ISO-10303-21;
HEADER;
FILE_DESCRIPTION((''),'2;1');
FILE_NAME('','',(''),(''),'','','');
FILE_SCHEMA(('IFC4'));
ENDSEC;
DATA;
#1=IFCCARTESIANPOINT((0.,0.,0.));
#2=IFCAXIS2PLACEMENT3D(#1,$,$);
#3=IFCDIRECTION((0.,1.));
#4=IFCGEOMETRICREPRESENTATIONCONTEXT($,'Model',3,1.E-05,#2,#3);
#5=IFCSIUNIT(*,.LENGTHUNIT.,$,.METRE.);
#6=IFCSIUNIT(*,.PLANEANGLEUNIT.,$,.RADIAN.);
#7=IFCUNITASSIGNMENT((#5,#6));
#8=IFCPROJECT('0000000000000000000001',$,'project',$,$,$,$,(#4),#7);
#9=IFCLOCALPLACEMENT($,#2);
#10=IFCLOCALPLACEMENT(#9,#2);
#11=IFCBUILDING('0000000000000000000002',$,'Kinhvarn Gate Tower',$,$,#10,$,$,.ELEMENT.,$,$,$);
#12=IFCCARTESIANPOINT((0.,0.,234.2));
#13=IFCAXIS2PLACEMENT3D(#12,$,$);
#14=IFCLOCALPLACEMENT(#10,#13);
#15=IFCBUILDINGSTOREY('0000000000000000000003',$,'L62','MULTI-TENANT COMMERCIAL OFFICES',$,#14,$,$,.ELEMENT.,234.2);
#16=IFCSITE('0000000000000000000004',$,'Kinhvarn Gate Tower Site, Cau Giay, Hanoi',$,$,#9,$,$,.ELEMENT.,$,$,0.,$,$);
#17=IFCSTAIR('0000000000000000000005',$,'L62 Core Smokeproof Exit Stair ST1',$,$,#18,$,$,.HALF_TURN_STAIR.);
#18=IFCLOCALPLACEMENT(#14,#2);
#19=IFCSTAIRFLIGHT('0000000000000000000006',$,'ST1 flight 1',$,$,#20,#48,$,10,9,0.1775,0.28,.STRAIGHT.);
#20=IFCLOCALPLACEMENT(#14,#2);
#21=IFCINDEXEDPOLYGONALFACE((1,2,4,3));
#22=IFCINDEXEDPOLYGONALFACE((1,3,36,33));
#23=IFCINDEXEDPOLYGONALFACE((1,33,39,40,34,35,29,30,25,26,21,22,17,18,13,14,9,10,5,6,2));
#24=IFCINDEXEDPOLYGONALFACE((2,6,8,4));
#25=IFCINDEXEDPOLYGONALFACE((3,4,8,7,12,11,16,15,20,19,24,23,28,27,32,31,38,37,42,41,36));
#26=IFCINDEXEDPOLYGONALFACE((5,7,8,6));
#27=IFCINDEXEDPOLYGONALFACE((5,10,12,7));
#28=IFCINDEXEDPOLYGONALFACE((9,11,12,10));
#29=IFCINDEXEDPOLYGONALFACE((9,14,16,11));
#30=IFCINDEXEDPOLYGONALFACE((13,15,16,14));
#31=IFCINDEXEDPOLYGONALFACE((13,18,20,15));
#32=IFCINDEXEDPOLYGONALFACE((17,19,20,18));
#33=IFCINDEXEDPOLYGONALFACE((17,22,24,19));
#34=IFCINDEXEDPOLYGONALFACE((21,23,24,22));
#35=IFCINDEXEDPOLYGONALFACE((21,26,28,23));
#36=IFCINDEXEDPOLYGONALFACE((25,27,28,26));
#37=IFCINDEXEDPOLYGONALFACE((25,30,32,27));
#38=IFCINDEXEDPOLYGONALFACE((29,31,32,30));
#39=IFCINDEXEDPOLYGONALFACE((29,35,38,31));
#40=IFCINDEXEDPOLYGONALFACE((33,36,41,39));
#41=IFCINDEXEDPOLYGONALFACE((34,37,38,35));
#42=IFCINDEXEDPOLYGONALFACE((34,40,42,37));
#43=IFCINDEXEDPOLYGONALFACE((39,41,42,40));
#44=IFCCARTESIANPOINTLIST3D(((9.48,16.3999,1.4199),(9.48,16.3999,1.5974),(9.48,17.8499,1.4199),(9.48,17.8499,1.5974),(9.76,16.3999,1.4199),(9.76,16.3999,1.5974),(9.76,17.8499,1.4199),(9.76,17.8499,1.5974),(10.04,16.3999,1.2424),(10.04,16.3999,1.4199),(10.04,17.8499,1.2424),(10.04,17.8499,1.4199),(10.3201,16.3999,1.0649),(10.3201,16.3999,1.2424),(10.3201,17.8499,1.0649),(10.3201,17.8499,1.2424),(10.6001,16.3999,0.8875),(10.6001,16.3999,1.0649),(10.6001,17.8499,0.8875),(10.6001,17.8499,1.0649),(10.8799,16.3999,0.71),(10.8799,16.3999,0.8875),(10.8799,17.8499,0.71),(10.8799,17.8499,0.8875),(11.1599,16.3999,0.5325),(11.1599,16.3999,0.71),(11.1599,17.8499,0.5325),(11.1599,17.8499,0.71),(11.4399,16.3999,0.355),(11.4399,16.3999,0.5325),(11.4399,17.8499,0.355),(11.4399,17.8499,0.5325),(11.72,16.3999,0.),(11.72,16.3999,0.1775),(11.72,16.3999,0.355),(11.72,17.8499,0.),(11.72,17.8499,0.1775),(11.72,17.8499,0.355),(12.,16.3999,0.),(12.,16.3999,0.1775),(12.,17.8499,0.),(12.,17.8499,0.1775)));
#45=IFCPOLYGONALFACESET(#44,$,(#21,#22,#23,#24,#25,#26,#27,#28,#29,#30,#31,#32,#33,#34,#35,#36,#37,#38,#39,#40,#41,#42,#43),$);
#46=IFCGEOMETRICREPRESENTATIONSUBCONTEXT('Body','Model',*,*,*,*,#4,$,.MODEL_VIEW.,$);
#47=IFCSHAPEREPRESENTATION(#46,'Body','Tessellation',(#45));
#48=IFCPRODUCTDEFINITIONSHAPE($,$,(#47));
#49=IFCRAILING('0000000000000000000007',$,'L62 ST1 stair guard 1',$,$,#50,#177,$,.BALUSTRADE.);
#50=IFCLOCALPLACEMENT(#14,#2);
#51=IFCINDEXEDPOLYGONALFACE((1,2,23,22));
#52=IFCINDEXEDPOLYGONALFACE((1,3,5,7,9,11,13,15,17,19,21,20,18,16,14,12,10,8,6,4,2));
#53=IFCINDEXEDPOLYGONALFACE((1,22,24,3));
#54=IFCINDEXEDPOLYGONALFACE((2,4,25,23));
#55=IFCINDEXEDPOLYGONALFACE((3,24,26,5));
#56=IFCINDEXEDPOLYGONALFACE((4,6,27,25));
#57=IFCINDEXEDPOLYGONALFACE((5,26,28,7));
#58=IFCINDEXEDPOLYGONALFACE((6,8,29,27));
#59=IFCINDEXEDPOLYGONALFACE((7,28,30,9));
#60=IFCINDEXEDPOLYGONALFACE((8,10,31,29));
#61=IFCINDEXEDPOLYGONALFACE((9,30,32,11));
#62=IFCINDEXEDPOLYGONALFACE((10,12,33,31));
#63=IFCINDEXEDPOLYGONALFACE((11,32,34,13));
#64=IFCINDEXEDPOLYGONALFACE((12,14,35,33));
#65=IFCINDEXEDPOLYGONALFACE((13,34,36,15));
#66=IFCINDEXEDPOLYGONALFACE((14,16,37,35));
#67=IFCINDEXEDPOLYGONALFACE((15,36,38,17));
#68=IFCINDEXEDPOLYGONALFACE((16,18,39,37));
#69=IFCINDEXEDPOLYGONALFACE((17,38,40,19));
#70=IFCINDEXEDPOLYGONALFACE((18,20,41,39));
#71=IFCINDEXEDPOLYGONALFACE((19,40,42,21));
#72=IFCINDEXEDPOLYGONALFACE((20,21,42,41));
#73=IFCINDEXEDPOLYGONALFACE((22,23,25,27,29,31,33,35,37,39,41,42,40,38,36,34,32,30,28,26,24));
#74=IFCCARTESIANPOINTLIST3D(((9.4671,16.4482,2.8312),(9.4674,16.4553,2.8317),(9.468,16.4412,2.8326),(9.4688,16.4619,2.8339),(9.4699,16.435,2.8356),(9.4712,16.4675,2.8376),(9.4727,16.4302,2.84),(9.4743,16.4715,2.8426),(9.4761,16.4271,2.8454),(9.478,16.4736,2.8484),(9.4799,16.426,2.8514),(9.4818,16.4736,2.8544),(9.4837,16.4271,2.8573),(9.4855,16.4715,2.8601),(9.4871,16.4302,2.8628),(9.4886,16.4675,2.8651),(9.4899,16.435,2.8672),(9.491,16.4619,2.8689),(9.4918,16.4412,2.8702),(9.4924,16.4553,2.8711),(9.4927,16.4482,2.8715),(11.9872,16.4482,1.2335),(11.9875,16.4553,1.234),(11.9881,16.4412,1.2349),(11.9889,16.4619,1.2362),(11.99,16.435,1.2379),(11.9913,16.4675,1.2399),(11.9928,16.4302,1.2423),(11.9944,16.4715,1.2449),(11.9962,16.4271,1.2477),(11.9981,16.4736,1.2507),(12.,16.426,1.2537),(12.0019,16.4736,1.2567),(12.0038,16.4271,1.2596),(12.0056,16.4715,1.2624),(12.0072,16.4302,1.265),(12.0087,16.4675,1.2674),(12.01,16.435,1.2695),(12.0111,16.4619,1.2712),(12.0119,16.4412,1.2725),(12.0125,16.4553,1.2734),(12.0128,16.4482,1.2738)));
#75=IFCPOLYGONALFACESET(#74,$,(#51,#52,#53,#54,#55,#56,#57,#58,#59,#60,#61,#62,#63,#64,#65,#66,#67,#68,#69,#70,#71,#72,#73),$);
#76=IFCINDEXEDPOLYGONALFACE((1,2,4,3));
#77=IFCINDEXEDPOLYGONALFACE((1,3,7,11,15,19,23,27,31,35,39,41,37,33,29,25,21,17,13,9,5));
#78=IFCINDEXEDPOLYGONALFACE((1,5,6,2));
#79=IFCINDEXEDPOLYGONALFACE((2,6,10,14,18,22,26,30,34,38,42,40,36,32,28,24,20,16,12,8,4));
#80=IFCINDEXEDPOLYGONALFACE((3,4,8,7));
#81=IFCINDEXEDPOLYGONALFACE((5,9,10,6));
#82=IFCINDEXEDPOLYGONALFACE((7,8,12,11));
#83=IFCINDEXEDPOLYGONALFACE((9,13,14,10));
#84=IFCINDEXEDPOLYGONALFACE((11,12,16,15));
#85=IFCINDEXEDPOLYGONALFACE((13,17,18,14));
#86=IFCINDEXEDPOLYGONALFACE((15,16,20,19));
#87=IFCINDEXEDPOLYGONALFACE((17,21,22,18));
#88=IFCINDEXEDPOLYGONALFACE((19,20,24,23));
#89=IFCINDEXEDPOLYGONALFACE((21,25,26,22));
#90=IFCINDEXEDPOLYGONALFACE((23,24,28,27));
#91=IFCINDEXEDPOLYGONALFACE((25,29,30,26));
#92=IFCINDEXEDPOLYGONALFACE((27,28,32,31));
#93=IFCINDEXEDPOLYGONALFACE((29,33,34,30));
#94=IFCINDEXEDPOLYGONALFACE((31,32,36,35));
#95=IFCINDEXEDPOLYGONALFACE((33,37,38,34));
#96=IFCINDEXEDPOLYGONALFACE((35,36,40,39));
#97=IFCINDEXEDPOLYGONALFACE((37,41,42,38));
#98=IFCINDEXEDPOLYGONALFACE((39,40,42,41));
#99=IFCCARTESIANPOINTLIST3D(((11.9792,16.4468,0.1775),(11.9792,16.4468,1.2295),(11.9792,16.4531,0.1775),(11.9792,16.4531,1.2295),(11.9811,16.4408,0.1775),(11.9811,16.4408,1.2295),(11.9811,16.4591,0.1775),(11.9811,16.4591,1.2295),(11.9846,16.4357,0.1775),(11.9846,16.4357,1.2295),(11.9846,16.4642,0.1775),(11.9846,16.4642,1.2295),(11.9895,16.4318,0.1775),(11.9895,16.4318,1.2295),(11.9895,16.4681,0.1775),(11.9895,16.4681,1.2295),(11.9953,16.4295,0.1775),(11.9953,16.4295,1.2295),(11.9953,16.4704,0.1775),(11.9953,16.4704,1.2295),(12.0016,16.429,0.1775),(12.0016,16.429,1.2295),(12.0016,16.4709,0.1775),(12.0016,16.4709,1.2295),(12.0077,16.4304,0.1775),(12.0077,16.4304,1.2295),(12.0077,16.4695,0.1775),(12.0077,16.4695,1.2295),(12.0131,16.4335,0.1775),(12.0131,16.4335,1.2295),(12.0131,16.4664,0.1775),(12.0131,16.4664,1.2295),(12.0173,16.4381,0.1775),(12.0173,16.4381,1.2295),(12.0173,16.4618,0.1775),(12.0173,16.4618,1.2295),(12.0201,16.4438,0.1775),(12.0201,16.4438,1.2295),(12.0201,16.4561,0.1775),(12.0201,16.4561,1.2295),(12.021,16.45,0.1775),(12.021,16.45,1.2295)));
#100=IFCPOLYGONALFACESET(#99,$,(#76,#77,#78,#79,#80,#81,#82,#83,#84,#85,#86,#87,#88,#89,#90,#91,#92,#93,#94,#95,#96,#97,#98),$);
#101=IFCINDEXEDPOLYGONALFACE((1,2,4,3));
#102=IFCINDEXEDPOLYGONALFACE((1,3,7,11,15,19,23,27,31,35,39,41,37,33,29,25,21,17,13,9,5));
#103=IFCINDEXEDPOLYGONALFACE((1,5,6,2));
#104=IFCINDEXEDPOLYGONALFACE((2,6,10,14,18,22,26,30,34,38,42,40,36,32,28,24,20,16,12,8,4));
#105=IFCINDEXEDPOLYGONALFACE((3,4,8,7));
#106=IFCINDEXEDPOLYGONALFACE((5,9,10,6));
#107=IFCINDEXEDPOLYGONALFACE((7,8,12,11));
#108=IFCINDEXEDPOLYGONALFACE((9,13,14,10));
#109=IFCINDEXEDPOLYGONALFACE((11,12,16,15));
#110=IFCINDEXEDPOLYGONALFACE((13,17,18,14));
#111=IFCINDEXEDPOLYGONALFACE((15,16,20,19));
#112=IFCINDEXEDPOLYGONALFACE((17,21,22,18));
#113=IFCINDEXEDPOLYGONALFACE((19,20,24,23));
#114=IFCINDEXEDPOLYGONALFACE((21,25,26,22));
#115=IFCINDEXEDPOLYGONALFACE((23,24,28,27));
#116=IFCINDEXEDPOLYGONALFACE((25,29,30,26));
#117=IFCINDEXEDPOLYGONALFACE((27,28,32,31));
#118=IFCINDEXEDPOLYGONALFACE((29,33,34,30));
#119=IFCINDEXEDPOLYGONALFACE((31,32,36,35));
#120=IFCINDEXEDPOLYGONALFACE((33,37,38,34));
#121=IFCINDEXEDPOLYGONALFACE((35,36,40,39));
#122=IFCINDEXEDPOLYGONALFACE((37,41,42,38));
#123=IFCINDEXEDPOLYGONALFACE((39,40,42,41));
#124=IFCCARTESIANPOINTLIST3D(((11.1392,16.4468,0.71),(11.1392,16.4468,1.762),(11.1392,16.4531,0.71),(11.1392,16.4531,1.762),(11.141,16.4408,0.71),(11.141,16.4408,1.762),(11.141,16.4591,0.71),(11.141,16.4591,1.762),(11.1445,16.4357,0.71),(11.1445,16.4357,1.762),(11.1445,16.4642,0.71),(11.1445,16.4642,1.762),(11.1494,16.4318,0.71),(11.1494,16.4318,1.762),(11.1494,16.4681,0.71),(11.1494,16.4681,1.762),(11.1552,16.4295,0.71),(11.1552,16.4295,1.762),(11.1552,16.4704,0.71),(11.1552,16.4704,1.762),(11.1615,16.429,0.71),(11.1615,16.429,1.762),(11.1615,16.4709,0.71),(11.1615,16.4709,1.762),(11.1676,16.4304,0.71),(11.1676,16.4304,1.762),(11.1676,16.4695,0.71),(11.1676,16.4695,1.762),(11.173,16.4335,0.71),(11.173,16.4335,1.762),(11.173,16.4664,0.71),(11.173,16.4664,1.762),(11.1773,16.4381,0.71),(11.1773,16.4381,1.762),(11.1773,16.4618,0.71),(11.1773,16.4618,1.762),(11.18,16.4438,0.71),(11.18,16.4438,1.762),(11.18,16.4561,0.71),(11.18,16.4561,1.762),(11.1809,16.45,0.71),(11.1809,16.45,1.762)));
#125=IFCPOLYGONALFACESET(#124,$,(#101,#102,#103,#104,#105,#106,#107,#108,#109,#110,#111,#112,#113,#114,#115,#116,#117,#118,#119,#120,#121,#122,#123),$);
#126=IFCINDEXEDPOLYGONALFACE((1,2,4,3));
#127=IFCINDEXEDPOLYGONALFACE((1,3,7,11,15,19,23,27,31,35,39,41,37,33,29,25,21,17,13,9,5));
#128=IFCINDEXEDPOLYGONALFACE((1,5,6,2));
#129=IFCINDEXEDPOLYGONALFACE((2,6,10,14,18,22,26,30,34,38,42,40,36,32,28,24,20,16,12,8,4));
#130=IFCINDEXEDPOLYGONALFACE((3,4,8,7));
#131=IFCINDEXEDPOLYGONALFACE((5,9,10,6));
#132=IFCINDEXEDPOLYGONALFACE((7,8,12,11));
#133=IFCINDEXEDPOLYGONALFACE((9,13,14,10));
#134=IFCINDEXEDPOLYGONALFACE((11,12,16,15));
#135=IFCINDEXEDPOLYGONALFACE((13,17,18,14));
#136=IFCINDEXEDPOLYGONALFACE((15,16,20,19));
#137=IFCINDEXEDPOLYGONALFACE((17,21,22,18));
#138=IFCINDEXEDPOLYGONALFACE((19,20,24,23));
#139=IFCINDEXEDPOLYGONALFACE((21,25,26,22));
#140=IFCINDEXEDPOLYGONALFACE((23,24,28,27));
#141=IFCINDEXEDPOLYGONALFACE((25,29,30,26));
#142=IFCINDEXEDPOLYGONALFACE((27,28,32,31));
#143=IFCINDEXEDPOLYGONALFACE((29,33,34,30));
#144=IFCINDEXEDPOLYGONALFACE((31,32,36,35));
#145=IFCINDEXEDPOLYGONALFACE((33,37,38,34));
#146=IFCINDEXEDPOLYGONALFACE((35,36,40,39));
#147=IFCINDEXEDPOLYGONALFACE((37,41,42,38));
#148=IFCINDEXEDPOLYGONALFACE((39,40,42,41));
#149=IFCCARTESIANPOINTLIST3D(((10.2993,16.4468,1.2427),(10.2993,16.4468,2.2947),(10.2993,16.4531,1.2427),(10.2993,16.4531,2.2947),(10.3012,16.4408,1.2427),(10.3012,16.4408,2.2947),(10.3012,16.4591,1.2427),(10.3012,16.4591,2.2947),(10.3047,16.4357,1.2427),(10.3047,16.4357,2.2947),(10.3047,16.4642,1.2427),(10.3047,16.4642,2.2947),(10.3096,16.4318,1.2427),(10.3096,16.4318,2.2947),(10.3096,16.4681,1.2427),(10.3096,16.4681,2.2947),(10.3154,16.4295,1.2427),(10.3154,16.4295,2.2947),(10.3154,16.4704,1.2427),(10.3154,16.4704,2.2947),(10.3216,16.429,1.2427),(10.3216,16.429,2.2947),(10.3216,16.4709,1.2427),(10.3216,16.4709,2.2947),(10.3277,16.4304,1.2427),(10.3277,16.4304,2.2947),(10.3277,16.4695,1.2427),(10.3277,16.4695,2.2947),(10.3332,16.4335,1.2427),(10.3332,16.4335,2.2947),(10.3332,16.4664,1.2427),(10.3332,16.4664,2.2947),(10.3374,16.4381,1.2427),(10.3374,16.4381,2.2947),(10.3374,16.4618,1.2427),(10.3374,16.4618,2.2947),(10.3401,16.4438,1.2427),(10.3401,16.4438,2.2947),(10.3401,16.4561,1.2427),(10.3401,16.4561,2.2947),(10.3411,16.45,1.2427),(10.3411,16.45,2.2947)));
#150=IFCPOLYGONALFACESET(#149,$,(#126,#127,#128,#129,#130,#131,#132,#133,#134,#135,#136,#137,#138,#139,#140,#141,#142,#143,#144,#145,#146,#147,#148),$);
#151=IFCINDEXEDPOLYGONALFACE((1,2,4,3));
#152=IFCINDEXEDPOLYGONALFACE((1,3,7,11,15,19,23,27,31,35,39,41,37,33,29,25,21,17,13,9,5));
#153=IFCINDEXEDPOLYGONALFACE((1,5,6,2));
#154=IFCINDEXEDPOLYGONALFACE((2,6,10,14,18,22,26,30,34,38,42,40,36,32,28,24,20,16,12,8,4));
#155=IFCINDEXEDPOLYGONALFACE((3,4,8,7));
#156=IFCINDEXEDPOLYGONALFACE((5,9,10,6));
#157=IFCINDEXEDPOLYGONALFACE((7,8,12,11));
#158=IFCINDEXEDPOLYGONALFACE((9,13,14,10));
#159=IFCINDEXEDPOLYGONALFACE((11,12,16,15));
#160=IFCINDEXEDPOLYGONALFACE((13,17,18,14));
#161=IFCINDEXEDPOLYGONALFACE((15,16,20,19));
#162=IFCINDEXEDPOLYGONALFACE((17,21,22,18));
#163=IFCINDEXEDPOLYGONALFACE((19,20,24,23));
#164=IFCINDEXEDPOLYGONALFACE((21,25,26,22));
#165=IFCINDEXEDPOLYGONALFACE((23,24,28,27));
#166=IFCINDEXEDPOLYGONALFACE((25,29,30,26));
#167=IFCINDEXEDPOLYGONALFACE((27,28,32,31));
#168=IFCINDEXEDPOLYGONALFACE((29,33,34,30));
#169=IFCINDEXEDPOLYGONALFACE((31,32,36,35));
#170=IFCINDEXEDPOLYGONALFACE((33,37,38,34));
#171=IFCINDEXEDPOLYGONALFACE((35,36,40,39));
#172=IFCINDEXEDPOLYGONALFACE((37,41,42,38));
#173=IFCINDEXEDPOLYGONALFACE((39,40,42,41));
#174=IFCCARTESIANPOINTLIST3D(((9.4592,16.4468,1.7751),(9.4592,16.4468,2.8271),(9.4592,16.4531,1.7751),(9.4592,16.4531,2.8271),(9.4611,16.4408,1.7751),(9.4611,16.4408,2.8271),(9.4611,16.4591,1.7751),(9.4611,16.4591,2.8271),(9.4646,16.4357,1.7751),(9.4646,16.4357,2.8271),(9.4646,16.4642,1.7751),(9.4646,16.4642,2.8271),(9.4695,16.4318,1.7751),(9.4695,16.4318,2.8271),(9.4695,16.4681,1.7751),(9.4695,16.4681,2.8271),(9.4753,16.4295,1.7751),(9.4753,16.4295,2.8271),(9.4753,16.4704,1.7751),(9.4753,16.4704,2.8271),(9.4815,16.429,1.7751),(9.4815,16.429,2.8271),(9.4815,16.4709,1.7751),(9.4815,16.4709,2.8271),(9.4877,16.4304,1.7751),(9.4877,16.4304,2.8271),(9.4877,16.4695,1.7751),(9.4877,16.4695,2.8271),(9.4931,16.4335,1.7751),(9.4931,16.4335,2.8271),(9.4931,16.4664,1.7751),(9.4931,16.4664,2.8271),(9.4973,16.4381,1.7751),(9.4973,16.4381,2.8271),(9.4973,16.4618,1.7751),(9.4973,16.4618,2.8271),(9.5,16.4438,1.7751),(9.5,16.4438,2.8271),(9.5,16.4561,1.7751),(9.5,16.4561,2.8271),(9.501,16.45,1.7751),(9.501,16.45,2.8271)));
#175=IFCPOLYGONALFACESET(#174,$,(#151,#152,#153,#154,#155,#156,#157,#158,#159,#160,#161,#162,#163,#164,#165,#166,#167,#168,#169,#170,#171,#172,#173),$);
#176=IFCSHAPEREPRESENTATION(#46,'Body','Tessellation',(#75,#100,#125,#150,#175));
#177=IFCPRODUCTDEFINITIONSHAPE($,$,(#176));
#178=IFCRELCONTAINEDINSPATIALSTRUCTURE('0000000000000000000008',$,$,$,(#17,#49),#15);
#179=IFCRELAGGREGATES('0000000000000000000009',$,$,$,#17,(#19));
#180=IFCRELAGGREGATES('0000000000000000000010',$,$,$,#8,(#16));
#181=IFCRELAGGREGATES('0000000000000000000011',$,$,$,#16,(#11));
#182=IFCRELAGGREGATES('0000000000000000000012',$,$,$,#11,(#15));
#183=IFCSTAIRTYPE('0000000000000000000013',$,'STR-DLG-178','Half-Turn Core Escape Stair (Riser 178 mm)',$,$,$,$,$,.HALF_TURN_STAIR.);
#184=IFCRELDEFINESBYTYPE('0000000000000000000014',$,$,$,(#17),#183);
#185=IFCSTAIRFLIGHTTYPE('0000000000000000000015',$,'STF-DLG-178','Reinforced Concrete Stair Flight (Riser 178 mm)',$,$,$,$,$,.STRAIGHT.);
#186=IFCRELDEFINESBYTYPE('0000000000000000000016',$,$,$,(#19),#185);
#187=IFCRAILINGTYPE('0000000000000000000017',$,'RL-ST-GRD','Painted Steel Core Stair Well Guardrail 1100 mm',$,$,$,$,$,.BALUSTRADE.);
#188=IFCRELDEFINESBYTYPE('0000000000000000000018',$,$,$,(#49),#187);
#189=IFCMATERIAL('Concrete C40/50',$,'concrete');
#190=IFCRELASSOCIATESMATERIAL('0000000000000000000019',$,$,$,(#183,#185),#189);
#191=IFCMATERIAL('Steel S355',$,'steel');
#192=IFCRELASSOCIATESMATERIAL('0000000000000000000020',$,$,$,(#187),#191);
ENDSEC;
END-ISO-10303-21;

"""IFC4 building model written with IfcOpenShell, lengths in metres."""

from ifc_helpers import new_model, si_unit, direction, frame, origin, origin_2d, place, context, subcontext, project, spatial, polyline, circle, outline, extrude, material, type_object, element, aggregate, save


model = new_model("IFC4")

# Units and contexts
model_context = context("Model", 3, precision=1e-05, world=origin(), true_north=direction((0.0, 1.0)))
body_context = subcontext(model_context, "Body", "Model", "MODEL_VIEW")
ifc_project = project(units=[si_unit("LENGTHUNIT", "METRE"), si_unit("PLANEANGLEUNIT", "RADIAN")], contexts=[model_context])

# Site, building, storey
site_placement = place(None, origin())
site = spatial("IfcSite", under=ifc_project, at=site_placement, Name="Kinhvarn Gate Tower Site, Cau Giay, Hanoi", CompositionType="ELEMENT", RefElevation=0.0)
building_placement = place(site_placement, origin())
building = spatial("IfcBuilding", under=site, at=building_placement, Name="Kinhvarn Gate Tower", CompositionType="ELEMENT")
storey_placement = place(building_placement, frame((0.0, 0.0, 234.2)))
storey = spatial("IfcBuildingStorey", under=building, at=storey_placement, Name="L62", Description="MULTI-TENANT COMMERCIAL OFFICES", CompositionType="ELEMENT", Elevation=234.2)

# Shared definitions
ifc_material_1 = material(Name="Steel S355", Category="steel")

# Shared definitions
ifc_material_2 = material(Name="Concrete C40/50", Category="concrete")

# Stair, stair flight
stair_type = type_object("IfcStairType", Name="STR-DLG-178", Description="Half-Turn Core Escape Stair (Riser 178 mm)", PredefinedType="HALF_TURN_STAIR", material=ifc_material_2)
stair_placement = place(storey_placement, origin())
stair = element("IfcStair", 1, at=stair_placement, inside=storey, type_object=stair_type, Name="L62 Core Smokeproof Exit Stair ST1", PredefinedType="HALF_TURN_STAIR")
stair_flight_type = type_object("IfcStairFlightType", Name="STF-DLG-178", Description="Reinforced Concrete Stair Flight (Riser 178 mm)", PredefinedType="STRAIGHT", material=ifc_material_2)
stair_flight_placement = place(storey_placement, frame((12.0, 17.125, 0.0), z_axis=(0.0, 0.0, 1.0), x_axis=(-1.0, 0.0, 0.0)))
stair_flight = element("IfcStairFlight", 2, at=stair_flight_placement, type_object=stair_flight_type, Name="ST1 flight 1", NumberOfRisers=10, NumberOfTreads=9, PredefinedType="STRAIGHT", RiserHeight=0.1775, TreadLength=0.28, context=body_context, shape_type="SweptSolid", body=[
    extrude(outline(polyline([(0.0, 0.0), (0.0, 0.1775), (0.28, 0.1775), (0.28, 0.355), (0.5601, 0.355), (0.5601, 0.5325), (0.8401, 0.5325), (0.8401, 0.71), (1.1201, 0.71), (1.1201, 0.8875), (1.3999, 0.8875), (1.3999, 1.0649), (1.6799, 1.0649), (1.6799, 1.2424), (1.96, 1.2424), (1.96, 1.4199), (2.24, 1.4199), (2.24, 1.5974), (2.52, 1.5974), (2.52, 1.7749), (2.52, 1.4199), (0.28, 0.0), (0.0, 0.0)])), frame((0.0, 0.7251, 0.0), z_axis=(0.0, -1.0, 0.0), x_axis=(1.0, 0.0, 0.0)), (0.0, 0.0, 1.0), 1.45),
])
aggregate(stair, [stair_flight])

# Railing
railing_type_1 = type_object("IfcRailingType", Name="RL-ST-GRD", Description="Painted Steel Core Stair Well Guardrail 1100 mm", PredefinedType="BALUSTRADE", material=ifc_material_1)
railing_1_placement = place(storey_placement, frame((12.0, 16.45, 0.1775)))
element("IfcRailing", 3, at=railing_1_placement, inside=storey, type_object=railing_type_1, Name="L62 ST1 stair guard 1", PredefinedType="BALUSTRADE", context=body_context, shape_type="SweptSolid", body=[
    extrude(circle(Radius=0.0239, at=origin_2d()), frame((0.0, 0.0, 1.0762), z_axis=(-0.84457, 0.0, 0.535445), x_axis=(0.0, -1.0, 0.0)), (0.0, 0.0, 1.0), 2.9839),
    extrude(circle(Radius=0.021, at=origin_2d()), origin(), (0.0, 0.0, 1.0), 1.052),
    extrude(circle(Radius=0.021, at=origin_2d()), frame((-0.8401, 0.0, 0.5325)), (0.0, 0.0, 1.0), 1.052),
    extrude(circle(Radius=0.021, at=origin_2d()), frame((-1.6799, 0.0, 1.0652)), (0.0, 0.0, 1.0), 1.052),
    extrude(circle(Radius=0.021, at=origin_2d()), frame((-2.52, 0.0, 1.5977)), (0.0, 0.0, 1.0), 1.052),
])

save(model, "model.ifc")
